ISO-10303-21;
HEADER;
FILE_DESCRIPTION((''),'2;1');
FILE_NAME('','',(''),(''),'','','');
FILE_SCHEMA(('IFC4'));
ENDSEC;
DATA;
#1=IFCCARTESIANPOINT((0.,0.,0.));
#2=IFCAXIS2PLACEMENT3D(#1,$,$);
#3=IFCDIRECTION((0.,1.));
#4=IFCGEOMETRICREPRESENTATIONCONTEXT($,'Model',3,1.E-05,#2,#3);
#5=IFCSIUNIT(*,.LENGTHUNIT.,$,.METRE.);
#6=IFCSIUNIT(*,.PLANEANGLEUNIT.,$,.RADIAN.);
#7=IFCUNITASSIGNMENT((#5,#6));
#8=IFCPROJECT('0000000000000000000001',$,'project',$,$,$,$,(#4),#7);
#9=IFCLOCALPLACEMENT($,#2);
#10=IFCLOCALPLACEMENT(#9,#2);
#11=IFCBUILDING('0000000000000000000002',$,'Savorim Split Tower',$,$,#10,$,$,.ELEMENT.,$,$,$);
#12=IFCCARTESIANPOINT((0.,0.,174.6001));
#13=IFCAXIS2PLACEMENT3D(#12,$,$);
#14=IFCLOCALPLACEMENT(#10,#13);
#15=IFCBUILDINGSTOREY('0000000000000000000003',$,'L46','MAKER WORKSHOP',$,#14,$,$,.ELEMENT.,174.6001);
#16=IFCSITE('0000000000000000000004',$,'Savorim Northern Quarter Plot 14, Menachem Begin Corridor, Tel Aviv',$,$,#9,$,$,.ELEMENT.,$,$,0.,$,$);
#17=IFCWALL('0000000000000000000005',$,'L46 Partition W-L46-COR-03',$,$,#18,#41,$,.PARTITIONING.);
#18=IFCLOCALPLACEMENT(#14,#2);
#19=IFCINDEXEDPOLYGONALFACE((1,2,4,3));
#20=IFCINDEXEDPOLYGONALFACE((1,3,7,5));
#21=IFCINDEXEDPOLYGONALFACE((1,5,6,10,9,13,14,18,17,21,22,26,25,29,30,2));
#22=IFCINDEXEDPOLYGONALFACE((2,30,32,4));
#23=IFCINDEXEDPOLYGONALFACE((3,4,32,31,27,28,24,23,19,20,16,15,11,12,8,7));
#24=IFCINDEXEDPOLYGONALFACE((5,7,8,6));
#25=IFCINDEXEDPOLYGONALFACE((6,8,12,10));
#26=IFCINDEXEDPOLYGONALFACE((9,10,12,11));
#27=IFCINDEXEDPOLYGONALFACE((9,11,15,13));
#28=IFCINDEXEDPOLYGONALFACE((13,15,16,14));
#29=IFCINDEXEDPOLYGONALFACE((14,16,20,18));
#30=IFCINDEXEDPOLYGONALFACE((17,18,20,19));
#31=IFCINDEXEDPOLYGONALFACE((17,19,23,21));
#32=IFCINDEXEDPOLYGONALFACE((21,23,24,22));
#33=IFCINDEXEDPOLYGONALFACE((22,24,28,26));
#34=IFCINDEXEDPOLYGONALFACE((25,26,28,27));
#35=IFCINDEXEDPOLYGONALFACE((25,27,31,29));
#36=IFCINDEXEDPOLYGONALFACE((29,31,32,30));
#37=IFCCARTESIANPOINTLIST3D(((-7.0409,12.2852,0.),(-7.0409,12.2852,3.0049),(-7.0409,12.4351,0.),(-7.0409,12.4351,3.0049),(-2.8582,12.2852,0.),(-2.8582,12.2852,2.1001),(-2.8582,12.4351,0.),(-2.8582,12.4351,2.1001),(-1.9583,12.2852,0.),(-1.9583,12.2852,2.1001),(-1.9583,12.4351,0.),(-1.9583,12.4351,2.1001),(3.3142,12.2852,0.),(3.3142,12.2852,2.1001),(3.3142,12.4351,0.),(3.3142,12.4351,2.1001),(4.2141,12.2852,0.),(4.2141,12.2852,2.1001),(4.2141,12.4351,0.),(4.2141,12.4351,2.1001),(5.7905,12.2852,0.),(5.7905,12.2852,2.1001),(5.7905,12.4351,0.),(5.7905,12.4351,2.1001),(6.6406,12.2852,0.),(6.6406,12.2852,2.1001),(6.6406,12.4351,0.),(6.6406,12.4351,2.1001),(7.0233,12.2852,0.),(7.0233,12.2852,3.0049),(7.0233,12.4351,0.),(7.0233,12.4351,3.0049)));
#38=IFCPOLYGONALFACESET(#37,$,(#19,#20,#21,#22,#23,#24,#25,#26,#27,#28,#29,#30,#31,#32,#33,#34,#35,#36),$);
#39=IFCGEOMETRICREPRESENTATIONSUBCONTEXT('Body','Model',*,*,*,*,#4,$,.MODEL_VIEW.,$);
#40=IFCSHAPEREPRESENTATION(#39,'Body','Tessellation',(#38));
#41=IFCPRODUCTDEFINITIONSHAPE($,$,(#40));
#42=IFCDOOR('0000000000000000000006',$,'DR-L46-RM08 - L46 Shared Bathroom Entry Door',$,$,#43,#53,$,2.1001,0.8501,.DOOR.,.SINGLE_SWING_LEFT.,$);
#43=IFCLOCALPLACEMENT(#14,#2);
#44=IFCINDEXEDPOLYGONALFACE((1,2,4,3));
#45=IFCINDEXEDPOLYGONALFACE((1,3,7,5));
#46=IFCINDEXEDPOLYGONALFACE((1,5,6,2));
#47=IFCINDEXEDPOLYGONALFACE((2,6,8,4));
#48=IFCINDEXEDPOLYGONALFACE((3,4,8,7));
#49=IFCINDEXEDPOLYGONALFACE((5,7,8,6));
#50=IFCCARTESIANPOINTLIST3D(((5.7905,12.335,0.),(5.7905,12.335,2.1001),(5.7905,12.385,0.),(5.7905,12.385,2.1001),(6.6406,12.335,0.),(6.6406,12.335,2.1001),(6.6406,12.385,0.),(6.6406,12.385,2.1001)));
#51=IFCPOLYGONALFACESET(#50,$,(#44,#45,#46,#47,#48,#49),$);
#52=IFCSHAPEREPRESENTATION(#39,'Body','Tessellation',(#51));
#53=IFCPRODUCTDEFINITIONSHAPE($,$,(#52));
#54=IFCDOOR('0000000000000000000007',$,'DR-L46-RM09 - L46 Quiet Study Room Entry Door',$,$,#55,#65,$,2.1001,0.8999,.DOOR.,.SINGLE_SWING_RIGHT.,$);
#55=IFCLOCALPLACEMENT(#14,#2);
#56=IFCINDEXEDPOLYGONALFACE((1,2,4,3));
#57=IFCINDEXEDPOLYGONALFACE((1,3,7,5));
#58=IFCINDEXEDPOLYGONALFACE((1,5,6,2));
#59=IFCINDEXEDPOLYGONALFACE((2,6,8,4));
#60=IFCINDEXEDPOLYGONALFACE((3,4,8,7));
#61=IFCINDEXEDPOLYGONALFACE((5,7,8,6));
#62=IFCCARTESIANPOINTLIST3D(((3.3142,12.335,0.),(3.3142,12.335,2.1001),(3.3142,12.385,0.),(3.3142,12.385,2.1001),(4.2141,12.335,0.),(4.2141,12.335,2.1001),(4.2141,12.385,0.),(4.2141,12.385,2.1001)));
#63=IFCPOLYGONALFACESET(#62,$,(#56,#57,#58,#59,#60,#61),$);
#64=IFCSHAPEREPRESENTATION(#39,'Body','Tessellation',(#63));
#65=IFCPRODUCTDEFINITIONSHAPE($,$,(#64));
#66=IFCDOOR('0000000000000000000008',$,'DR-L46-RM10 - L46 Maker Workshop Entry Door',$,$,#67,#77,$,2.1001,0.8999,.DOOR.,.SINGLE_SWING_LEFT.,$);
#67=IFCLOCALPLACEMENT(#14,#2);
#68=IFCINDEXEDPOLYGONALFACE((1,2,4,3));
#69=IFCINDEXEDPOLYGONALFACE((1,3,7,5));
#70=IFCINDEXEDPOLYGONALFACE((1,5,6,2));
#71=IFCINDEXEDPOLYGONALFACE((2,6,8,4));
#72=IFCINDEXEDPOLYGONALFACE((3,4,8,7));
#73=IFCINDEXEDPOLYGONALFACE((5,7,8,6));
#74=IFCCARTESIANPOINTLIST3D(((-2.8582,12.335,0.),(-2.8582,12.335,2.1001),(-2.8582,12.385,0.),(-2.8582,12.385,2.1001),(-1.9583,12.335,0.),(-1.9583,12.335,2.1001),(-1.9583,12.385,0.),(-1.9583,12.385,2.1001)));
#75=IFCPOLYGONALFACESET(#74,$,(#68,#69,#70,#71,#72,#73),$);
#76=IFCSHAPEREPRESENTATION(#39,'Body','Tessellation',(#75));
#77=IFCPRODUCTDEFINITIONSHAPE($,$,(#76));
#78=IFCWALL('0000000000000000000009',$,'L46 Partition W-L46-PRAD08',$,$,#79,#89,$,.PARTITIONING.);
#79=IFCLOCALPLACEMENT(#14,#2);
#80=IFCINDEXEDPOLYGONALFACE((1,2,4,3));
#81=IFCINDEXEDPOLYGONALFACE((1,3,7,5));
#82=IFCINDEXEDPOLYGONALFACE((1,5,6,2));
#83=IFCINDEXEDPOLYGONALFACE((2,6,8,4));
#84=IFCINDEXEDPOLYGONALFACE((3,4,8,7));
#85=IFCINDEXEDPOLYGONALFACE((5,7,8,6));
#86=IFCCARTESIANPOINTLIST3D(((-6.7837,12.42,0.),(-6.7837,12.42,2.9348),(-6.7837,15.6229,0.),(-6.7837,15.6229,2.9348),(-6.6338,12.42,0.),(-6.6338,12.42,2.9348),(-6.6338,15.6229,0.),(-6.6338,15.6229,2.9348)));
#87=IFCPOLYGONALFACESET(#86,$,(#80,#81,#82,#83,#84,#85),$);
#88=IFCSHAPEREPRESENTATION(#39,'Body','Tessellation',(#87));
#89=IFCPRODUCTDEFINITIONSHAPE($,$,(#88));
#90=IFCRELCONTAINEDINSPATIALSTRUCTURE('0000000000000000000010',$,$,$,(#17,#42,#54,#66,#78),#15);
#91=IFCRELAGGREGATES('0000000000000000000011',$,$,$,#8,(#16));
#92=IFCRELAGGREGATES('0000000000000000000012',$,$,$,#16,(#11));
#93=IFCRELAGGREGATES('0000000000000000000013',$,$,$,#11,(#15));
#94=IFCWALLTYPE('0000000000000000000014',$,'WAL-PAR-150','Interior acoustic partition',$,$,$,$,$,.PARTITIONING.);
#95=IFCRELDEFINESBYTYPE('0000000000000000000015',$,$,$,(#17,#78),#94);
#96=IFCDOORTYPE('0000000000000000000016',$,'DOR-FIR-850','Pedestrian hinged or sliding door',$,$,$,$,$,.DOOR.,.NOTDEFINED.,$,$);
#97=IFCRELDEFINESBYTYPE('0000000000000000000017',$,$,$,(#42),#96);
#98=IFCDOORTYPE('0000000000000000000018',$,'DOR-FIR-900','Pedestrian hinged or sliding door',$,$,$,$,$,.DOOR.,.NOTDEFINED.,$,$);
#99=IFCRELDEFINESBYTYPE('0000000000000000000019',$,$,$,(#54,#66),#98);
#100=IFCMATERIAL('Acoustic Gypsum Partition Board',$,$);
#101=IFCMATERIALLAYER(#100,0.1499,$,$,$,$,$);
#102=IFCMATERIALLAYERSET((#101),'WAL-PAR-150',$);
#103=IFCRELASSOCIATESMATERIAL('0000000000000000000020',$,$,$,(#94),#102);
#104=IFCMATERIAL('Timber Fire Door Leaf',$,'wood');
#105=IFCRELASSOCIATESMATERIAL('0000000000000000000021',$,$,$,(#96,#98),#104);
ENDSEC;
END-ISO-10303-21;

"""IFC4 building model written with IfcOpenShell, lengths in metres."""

from ifc_helpers import new_model, si_unit, direction, frame, frame_2d, origin, place, context, subcontext, project, spatial, rectangle, extrude, material, layer, layer_set, type_object, element, fill, save


model = new_model("IFC4")

# Units and contexts
model_context = context("Model", 3, precision=1e-05, world=origin(), true_north=direction((0.0, 1.0)))
body_context = subcontext(model_context, "Body", "Model", "MODEL_VIEW")
ifc_project = project(units=[si_unit("LENGTHUNIT", "METRE"), si_unit("PLANEANGLEUNIT", "RADIAN")], contexts=[model_context])

# Site, building, storey
site_placement = place(None, origin())
site = spatial("IfcSite", under=ifc_project, at=site_placement, Name="Savorim Northern Quarter Plot 14, Menachem Begin Corridor, Tel Aviv", CompositionType="ELEMENT", RefElevation=0.0)
building_placement = place(site_placement, origin())
building = spatial("IfcBuilding", under=site, at=building_placement, Name="Savorim Split Tower", CompositionType="ELEMENT")
storey_placement = place(building_placement, frame((0.0, 0.0, 174.6001)))
storey = spatial("IfcBuildingStorey", under=building, at=storey_placement, Name="L46", Description="MAKER WORKSHOP", CompositionType="ELEMENT", Elevation=174.6001)

# Shared definitions
ifc_material_1 = material(Name="Acoustic Gypsum Partition Board")
ifc_layer_1 = layer(ifc_material_1, 0.1499)
ifc_layer_set_1 = layer_set([ifc_layer_1], Name="WAL-PAR-150")
wall_type_1 = type_object("IfcWallType", Name="WAL-PAR-150", Description="Interior acoustic partition", PredefinedType="PARTITIONING", material=ifc_layer_set_1)

# Wall, openings, doors
wall_1_placement = place(storey_placement, frame((-7.041, 12.3601, 0.0), z_axis=(0.0, 0.0, 1.0), x_axis=(1.0, 0.0, 0.0)))
wall_1 = element("IfcWall", 1, at=wall_1_placement, inside=storey, type_object=wall_type_1, Name="L46 Partition W-L46-COR-03", PredefinedType="PARTITIONING", context=body_context, shape_type="SweptSolid", body=[
    extrude(rectangle(XDim=14.0642, YDim=0.1499, at=frame_2d((7.0322, 0.0))), origin(), (0.0, 0.0, 1.0), 3.0049),
])
opening_1_placement = place(wall_1_placement, frame((12.8315, 0.0, 0.0)))
opening_1 = element("IfcOpeningElement", 2, at=opening_1_placement, cuts=wall_1, PredefinedType="OPENING", context=body_context, shape_type="SweptSolid", body=[
    extrude(rectangle(XDim=0.8501, YDim=2.1001, at=frame_2d((0.425, 1.05))), frame((0.0, 0.085, 0.0), z_axis=(0.0, -1.0, 0.0), x_axis=(1.0, 0.0, 0.0)), (0.0, 0.0, 1.0), 0.1699),
])
opening_2_placement = place(wall_1_placement, frame((10.3552, 0.0, 0.0)))
opening_2 = element("IfcOpeningElement", 3, at=opening_2_placement, cuts=wall_1, PredefinedType="OPENING", context=body_context, shape_type="SweptSolid", body=[
    extrude(rectangle(XDim=0.8999, YDim=2.1001, at=frame_2d((0.45, 1.05))), frame((0.0, 0.085, 0.0), z_axis=(0.0, -1.0, 0.0), x_axis=(1.0, 0.0, 0.0)), (0.0, 0.0, 1.0), 0.1699),
])
opening_3_placement = place(wall_1_placement, frame((4.1829, 0.0, 0.0)))
opening_3 = element("IfcOpeningElement", 4, at=opening_3_placement, cuts=wall_1, PredefinedType="OPENING", context=body_context, shape_type="SweptSolid", body=[
    extrude(rectangle(XDim=0.8999, YDim=2.1001, at=frame_2d((0.45, 1.05))), frame((0.0, 0.085, 0.0), z_axis=(0.0, -1.0, 0.0), x_axis=(1.0, 0.0, 0.0)), (0.0, 0.0, 1.0), 0.1699),
])
ifc_material_2 = material(Name="Timber Fire Door Leaf", Category="wood")
door_type_1 = type_object("IfcDoorType", Name="DOR-FIR-850", Description="Pedestrian hinged or sliding door", OperationType="NOTDEFINED", PredefinedType="DOOR", material=ifc_material_2)
door_1_placement = place(opening_1_placement, origin())
door_1 = element("IfcDoor", 5, at=door_1_placement, inside=storey, type_object=door_type_1, Name="DR-L46-RM08 - L46 Shared Bathroom Entry Door", OperationType="SINGLE_SWING_LEFT", OverallHeight=2.1001, OverallWidth=0.8501, PredefinedType="DOOR", context=body_context, shape_type="SweptSolid", body=[
    extrude(rectangle(XDim=0.8501, YDim=2.1001, at=frame_2d((0.425, 1.05))), frame((0.0, 0.0249, 0.0), z_axis=(0.0, -1.0, 0.0), x_axis=(1.0, 0.0, 0.0)), (0.0, 0.0, 1.0), 0.05),
])
fill(opening_1, door_1)
door_type_2 = type_object("IfcDoorType", Name="DOR-FIR-900", Description="Pedestrian hinged or sliding door", OperationType="NOTDEFINED", PredefinedType="DOOR", material=ifc_material_2)
door_2_placement = place(opening_2_placement, origin())
door_2 = element("IfcDoor", 6, at=door_2_placement, inside=storey, type_object=door_type_2, Name="DR-L46-RM09 - L46 Quiet Study Room Entry Door", OperationType="SINGLE_SWING_RIGHT", OverallHeight=2.1001, OverallWidth=0.8999, PredefinedType="DOOR", context=body_context, shape_type="SweptSolid", body=[
    extrude(rectangle(XDim=0.8999, YDim=2.1001, at=frame_2d((0.45, 1.05))), frame((0.0, 0.0249, 0.0), z_axis=(0.0, -1.0, 0.0), x_axis=(1.0, 0.0, 0.0)), (0.0, 0.0, 1.0), 0.05),
])
fill(opening_2, door_2)
door_3_placement = place(opening_3_placement, origin())
door_3 = element("IfcDoor", 7, at=door_3_placement, inside=storey, type_object=door_type_2, Name="DR-L46-RM10 - L46 Maker Workshop Entry Door", OperationType="SINGLE_SWING_LEFT", OverallHeight=2.1001, OverallWidth=0.8999, PredefinedType="DOOR", context=body_context, shape_type="SweptSolid", body=[
    extrude(rectangle(XDim=0.8999, YDim=2.1001, at=frame_2d((0.45, 1.05))), frame((0.0, 0.0249, 0.0), z_axis=(0.0, -1.0, 0.0), x_axis=(1.0, 0.0, 0.0)), (0.0, 0.0, 1.0), 0.05),
])
fill(opening_3, door_3)

# Wall
wall_2_placement = place(storey_placement, frame((-6.7087, 12.4199, 0.0), z_axis=(0.0, 0.0, 1.0), x_axis=(0.0, 1.0, 0.0)))
element("IfcWall", 8, at=wall_2_placement, inside=storey, type_object=wall_type_1, Name="L46 Partition W-L46-PRAD08", PredefinedType="PARTITIONING", context=body_context, shape_type="SweptSolid", body=[
    extrude(rectangle(XDim=3.2029, YDim=0.1499, at=frame_2d((1.6016, 0.0))), origin(), (0.0, 0.0, 1.0), 2.9348),
])

save(model, "model.ifc")
